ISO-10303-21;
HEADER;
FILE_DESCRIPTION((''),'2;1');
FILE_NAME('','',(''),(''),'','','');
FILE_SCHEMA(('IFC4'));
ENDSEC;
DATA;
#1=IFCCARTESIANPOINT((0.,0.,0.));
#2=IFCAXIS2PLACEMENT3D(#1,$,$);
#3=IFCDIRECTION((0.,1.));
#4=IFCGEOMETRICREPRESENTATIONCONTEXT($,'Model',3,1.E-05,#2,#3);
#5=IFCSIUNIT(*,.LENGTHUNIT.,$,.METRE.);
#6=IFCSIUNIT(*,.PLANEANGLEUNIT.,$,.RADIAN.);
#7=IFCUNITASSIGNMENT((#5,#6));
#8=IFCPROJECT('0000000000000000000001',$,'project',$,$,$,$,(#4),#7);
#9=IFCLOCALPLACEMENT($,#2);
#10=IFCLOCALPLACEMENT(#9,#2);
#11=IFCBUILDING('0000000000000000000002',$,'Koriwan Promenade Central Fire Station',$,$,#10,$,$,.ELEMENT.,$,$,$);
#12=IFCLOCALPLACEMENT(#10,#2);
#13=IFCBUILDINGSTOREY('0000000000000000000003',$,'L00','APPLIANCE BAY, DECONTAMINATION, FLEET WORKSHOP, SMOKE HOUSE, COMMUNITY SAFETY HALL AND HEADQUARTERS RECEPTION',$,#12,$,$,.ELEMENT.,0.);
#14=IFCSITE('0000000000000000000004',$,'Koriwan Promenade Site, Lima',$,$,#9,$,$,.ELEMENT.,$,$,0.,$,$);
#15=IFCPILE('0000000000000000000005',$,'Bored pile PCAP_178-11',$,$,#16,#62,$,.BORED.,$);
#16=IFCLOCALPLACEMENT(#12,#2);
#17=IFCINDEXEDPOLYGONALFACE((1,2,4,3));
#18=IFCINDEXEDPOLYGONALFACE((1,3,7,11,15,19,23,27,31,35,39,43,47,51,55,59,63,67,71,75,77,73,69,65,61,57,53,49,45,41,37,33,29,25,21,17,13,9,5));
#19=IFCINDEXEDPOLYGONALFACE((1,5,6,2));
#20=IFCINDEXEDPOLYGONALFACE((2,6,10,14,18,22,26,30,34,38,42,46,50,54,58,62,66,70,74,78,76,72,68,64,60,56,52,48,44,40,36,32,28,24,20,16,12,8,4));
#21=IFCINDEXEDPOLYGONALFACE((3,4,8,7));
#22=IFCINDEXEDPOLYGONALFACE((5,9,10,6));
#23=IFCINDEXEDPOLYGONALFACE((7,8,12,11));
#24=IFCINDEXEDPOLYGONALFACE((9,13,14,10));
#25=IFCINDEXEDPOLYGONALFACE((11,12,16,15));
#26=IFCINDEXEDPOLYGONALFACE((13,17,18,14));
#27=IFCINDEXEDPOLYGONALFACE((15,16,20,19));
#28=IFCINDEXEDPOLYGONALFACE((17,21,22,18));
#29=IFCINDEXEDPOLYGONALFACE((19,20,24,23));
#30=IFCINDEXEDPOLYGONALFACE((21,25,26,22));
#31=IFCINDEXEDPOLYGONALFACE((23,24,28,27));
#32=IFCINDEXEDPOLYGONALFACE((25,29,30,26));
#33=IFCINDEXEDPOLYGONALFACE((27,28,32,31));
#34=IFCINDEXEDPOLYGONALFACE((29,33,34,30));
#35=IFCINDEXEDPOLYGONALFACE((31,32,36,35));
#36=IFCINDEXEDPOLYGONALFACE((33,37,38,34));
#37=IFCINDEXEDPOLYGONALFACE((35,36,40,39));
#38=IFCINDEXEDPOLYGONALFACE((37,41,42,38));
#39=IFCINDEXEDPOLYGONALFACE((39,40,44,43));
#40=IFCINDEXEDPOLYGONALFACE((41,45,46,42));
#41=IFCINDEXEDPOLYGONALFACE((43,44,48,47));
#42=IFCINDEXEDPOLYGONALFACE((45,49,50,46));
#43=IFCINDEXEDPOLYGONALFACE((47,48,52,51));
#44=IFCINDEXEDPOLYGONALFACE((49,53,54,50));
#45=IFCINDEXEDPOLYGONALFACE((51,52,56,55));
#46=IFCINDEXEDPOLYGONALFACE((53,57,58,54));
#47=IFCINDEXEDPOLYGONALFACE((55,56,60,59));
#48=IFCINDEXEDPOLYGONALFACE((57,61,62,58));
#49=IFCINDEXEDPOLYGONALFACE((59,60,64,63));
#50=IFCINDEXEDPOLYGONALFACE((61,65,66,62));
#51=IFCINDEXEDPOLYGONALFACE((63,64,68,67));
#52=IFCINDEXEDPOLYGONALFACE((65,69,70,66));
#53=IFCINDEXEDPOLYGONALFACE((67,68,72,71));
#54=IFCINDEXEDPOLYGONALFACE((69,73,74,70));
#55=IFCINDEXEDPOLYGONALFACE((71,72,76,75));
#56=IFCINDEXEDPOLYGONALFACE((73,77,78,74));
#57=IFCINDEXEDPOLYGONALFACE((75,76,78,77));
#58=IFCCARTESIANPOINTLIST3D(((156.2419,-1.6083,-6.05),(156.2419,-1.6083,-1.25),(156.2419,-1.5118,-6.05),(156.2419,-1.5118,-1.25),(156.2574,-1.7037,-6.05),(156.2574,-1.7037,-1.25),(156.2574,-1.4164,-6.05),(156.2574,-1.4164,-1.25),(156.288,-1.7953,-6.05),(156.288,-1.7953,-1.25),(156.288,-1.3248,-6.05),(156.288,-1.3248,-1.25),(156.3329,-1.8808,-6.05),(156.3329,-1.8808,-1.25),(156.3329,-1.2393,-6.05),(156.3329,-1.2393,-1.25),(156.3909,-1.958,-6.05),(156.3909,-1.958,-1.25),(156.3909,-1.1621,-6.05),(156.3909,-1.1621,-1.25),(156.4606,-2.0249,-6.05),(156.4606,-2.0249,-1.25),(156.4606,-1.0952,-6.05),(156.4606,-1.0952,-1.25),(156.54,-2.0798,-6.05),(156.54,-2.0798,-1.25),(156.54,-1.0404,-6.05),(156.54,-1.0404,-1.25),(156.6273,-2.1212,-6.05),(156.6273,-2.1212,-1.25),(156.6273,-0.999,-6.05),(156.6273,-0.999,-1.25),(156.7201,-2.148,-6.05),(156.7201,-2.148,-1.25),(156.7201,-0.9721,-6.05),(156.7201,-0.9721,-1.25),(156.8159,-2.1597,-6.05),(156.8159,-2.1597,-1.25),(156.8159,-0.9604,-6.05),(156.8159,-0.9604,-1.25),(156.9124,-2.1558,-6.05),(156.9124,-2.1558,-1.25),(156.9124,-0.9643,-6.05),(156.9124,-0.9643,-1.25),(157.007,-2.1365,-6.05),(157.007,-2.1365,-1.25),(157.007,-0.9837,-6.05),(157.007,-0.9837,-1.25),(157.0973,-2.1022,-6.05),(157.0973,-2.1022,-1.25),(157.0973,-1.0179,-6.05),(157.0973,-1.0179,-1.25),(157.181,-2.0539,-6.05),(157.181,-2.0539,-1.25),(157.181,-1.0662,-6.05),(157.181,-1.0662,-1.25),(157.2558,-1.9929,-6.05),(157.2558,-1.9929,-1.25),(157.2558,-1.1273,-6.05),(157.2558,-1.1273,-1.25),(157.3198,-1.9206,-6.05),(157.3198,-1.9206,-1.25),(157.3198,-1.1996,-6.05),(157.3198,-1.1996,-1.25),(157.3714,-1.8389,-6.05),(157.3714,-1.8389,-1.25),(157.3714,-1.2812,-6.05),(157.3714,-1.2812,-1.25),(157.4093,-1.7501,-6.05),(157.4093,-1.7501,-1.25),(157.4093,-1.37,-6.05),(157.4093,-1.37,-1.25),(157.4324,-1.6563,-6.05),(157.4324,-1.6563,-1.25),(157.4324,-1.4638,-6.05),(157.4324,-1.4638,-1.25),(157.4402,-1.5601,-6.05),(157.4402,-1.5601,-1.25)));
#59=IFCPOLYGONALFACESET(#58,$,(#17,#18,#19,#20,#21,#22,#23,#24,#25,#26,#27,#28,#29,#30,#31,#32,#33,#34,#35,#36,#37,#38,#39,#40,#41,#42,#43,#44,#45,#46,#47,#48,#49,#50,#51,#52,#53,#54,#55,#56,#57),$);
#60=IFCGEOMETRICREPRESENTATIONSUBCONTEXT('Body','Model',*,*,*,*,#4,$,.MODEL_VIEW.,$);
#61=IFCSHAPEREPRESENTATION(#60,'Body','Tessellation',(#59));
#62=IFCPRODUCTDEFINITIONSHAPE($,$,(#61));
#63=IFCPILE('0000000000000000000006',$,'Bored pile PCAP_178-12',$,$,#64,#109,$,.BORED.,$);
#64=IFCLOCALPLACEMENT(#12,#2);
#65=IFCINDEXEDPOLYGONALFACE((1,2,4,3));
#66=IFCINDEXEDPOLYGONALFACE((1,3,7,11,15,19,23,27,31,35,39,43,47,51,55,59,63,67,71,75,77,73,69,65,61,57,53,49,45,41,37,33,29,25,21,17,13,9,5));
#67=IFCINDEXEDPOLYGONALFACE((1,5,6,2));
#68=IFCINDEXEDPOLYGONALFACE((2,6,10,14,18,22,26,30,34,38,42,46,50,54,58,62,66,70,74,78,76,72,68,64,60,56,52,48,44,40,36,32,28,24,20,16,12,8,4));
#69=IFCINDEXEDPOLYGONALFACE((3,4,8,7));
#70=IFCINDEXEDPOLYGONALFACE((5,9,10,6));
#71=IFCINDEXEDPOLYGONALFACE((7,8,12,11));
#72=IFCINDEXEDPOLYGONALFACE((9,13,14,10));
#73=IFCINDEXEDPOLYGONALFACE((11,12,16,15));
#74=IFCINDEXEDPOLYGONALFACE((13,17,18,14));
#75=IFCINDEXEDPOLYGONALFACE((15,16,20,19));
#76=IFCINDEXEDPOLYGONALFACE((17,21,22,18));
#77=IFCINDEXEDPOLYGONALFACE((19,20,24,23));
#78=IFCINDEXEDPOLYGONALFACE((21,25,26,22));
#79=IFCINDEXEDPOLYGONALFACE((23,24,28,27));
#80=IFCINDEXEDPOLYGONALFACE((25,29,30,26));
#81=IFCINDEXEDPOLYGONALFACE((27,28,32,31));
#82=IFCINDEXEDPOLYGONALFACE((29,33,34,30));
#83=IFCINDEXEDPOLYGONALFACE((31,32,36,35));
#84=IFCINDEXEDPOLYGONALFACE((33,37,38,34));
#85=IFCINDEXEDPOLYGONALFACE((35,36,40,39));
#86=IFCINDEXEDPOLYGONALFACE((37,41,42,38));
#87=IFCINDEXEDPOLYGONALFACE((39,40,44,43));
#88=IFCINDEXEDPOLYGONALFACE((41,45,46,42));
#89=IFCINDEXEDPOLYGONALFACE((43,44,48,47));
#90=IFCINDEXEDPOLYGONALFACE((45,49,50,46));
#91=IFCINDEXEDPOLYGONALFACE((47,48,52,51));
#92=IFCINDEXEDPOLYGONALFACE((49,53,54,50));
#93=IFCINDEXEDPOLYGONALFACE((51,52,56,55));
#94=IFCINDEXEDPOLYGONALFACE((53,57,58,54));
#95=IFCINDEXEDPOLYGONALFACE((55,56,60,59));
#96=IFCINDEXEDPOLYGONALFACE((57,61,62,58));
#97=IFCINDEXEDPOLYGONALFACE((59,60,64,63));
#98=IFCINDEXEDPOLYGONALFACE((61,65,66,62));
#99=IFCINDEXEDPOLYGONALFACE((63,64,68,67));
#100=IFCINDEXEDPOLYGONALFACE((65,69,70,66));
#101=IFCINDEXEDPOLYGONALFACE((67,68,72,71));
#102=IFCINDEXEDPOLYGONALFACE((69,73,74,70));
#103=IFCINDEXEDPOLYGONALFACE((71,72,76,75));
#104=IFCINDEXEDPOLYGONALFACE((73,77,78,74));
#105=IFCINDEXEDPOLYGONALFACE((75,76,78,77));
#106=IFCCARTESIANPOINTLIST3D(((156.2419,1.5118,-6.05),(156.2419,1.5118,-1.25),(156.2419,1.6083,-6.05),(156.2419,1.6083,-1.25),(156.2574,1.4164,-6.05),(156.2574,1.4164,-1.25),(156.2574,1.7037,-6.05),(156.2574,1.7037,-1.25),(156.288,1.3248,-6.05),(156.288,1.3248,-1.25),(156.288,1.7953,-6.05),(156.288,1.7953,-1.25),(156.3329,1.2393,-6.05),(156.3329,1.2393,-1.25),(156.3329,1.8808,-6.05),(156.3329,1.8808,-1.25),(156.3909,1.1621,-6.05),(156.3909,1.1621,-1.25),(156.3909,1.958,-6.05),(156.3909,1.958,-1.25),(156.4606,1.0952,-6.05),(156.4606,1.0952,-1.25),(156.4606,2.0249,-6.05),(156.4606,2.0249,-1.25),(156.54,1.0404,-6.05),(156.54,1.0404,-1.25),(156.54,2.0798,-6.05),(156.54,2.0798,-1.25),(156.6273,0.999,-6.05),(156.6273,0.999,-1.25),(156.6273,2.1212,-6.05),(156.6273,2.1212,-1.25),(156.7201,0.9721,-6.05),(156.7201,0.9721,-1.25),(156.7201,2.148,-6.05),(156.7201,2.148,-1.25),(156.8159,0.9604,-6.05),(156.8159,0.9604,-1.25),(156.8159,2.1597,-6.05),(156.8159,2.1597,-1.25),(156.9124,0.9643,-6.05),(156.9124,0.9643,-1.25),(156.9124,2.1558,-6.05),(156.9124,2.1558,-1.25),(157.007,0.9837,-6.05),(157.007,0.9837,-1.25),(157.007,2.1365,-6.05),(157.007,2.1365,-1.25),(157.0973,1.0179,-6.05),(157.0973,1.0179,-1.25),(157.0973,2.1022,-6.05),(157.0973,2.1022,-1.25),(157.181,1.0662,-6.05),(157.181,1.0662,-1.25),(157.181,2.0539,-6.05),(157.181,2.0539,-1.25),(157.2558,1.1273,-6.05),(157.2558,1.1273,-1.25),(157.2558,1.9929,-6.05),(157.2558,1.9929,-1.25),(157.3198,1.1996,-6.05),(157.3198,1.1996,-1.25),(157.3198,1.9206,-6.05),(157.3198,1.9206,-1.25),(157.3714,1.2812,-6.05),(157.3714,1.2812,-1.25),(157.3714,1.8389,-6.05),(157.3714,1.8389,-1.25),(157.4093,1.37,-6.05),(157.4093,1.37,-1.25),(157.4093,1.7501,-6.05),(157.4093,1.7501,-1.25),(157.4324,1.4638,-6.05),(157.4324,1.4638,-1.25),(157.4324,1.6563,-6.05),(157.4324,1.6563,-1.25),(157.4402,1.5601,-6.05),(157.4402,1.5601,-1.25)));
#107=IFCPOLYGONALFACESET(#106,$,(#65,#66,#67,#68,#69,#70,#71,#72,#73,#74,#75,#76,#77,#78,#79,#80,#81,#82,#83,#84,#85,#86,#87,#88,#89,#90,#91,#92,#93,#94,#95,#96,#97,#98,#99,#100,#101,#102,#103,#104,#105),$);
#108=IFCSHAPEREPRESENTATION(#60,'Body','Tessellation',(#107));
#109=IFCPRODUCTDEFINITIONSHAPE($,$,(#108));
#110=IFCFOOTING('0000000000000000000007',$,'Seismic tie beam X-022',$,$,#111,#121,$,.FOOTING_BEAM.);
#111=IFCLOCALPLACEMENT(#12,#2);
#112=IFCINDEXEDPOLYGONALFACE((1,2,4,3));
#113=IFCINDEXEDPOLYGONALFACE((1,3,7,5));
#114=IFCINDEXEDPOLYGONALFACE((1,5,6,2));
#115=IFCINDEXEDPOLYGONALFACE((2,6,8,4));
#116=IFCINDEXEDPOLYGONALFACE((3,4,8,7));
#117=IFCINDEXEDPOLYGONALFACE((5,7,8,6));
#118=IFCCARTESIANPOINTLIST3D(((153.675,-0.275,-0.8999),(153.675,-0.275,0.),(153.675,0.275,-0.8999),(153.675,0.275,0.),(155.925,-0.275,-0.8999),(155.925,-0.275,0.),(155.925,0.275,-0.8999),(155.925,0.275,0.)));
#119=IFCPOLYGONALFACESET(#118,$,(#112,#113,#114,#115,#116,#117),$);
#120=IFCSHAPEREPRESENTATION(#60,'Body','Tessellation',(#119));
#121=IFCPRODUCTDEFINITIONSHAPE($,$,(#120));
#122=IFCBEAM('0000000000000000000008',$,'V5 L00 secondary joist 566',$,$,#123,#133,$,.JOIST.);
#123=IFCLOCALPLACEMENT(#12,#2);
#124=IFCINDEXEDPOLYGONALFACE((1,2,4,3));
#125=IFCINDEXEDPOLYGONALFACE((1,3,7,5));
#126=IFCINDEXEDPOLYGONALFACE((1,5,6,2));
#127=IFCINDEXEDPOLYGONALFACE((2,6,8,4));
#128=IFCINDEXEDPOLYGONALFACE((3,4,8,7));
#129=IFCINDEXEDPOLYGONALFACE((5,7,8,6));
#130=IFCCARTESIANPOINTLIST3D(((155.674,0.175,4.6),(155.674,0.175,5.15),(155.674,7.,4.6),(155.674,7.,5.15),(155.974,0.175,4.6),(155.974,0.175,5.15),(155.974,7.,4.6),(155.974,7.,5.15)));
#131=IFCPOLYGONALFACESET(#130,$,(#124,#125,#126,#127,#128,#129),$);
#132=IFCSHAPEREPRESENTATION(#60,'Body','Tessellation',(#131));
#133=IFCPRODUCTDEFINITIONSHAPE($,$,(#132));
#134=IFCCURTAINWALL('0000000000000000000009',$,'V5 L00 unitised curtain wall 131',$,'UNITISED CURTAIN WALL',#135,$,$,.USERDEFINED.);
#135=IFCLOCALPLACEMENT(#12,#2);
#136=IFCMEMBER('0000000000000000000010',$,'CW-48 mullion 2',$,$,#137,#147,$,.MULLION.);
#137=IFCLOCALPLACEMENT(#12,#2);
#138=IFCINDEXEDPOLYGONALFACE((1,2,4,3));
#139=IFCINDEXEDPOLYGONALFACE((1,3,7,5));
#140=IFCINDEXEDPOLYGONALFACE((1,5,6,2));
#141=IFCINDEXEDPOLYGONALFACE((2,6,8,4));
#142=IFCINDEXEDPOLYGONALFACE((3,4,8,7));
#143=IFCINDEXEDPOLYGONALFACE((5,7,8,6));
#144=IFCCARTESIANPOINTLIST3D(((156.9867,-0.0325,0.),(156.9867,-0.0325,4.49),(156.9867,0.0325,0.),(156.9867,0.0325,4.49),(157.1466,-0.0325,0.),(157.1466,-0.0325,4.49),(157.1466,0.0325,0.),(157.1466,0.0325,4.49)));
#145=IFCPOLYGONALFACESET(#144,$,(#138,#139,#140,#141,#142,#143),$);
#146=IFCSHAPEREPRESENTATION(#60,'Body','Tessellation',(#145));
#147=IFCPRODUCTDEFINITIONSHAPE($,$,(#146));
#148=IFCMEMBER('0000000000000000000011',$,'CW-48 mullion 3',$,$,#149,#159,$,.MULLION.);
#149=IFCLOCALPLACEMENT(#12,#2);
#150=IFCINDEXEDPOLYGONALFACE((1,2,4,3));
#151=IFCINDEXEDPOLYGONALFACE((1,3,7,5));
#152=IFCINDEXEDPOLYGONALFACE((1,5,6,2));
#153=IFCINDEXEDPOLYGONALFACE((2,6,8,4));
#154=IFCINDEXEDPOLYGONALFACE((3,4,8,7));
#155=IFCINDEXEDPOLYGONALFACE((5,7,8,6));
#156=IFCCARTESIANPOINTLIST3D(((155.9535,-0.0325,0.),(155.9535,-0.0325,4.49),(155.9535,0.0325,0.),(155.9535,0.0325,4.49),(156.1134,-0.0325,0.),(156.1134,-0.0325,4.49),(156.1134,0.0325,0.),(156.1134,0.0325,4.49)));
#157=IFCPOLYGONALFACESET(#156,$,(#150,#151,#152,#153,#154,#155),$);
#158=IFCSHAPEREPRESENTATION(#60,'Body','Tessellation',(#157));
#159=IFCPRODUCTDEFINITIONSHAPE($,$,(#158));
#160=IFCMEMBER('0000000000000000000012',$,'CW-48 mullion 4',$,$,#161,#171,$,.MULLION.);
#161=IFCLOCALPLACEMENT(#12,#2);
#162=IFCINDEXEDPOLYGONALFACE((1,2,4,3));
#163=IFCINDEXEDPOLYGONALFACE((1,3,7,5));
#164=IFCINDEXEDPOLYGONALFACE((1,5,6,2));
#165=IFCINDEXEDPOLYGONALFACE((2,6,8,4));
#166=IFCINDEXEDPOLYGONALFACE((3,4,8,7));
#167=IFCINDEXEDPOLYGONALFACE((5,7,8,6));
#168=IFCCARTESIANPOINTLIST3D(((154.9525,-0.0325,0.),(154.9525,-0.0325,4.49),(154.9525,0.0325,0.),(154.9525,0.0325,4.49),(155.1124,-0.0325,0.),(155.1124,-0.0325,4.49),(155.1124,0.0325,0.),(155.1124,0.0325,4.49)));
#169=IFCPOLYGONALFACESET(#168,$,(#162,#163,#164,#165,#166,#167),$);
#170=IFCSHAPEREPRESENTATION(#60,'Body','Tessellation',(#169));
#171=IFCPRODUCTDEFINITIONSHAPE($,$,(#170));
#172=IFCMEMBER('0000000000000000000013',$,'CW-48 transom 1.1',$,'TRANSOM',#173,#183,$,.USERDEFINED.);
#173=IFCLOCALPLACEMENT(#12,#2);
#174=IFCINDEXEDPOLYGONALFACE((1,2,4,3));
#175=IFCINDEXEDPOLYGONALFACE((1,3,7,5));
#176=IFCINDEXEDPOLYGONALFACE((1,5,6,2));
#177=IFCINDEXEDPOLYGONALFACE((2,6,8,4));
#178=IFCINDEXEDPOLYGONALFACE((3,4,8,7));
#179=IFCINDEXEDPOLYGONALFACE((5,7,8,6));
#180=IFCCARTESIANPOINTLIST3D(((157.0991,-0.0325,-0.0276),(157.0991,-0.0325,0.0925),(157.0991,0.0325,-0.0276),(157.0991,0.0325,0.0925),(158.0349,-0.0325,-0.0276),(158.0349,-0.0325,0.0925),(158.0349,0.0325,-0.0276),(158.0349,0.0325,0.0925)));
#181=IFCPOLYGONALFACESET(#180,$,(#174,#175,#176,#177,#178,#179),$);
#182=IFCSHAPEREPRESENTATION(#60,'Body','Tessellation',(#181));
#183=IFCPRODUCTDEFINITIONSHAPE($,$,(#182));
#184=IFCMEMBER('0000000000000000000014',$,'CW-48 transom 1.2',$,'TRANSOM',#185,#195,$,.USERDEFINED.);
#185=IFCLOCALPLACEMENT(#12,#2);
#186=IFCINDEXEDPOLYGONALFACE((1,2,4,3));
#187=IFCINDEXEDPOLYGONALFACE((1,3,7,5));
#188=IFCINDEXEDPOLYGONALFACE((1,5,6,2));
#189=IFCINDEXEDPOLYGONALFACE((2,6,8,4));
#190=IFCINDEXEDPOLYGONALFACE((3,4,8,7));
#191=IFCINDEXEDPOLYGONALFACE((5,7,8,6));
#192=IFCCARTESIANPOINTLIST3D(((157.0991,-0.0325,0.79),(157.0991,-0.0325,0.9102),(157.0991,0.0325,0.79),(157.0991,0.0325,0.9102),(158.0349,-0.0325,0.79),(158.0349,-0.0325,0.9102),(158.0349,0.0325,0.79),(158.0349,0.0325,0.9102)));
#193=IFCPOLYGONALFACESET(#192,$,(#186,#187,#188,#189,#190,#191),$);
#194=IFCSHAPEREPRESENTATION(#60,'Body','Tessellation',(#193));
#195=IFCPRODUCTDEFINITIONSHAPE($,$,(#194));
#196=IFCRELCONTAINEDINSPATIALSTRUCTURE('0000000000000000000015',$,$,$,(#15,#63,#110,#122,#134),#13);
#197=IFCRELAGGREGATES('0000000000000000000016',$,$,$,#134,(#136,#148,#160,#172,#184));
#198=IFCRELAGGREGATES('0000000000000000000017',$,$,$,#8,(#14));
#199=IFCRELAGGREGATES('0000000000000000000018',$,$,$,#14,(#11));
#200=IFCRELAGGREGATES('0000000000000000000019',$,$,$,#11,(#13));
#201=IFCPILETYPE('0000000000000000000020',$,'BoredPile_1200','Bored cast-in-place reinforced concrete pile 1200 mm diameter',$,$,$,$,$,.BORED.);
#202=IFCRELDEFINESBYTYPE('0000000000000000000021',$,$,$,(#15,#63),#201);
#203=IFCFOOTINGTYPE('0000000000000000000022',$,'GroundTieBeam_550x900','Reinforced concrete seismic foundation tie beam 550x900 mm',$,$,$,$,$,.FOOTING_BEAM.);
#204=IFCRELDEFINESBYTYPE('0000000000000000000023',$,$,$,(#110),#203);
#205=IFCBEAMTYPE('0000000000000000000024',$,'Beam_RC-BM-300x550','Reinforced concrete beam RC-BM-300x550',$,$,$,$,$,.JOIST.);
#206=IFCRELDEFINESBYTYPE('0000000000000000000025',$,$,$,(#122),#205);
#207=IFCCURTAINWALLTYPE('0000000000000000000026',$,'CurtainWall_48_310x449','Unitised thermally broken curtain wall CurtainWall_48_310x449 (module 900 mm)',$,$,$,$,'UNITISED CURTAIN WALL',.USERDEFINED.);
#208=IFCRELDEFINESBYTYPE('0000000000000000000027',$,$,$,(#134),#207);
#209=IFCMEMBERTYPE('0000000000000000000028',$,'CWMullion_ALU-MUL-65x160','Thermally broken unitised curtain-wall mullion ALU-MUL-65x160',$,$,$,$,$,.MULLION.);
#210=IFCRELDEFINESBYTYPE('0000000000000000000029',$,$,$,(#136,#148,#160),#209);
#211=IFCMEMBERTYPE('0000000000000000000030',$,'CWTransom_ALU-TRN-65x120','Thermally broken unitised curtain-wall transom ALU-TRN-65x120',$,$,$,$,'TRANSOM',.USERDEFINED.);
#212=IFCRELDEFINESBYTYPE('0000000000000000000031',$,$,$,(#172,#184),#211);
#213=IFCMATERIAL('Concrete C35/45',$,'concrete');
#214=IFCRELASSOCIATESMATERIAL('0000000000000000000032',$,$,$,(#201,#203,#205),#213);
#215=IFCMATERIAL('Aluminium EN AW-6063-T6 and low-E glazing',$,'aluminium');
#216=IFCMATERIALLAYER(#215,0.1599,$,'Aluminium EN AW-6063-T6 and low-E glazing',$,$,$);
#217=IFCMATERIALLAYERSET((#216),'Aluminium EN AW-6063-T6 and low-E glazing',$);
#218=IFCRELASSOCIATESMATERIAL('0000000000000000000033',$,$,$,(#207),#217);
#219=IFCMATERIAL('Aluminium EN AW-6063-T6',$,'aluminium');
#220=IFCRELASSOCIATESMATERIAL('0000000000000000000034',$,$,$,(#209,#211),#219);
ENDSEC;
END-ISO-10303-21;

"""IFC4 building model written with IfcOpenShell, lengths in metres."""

from ifc_helpers import new_model, si_unit, direction, frame, origin, origin_2d, place, context, subcontext, project, spatial, rectangle, circle, extrude, material, layer, layer_set, material_profile, profile_set, type_object, element, aggregate, save


model = new_model("IFC4")

# Units and contexts
model_context = context("Model", 3, precision=1e-05, world=origin(), true_north=direction((0.0, 1.0)))
body_context = subcontext(model_context, "Body", "Model", "MODEL_VIEW")
ifc_project = project(units=[si_unit("LENGTHUNIT", "METRE"), si_unit("PLANEANGLEUNIT", "RADIAN")], contexts=[model_context])

# Site, building, storey
site_placement = place(None, origin())
site = spatial("IfcSite", under=ifc_project, at=site_placement, Name="Koriwan Promenade Site, Lima", CompositionType="ELEMENT", RefElevation=0.0)
building_placement = place(site_placement, origin())
building = spatial("IfcBuilding", under=site, at=building_placement, Name="Koriwan Promenade Central Fire Station", CompositionType="ELEMENT")
storey_placement = place(building_placement, origin())
storey = spatial("IfcBuildingStorey", under=building, at=storey_placement, Name="L00", Description="APPLIANCE BAY, DECONTAMINATION, FLEET WORKSHOP, SMOKE HOUSE, COMMUNITY SAFETY HALL AND HEADQUARTERS RECEPTION", CompositionType="ELEMENT", Elevation=0.0)

# Piles
ifc_material_1 = material(Name="Concrete C35/45", Category="concrete")
ifc_material_profile_1 = material_profile(ifc_material_1, circle(Radius=0.6001, at=origin_2d()), Name="PILE-D1200")
ifc_profile_set_1 = profile_set([ifc_material_profile_1], Name="Concrete C35/45")
pile_type = type_object("IfcPileType", Name="BoredPile_1200", Description="Bored cast-in-place reinforced concrete pile 1200 mm diameter", PredefinedType="BORED", material=ifc_profile_set_1)
for number, where, z_axis, x_axis, name in (
    (1, (156.8401, -1.5601, -1.25), (0.0, 0.0, -1.0), (1.0, 0.0, 0.0), "Bored pile PCAP_178-11"),
    (2, (156.8401, 1.5601, -1.25), (0.0, 0.0, -1.0), (1.0, 0.0, 0.0), "Bored pile PCAP_178-12"),
):
    element("IfcPile", number, at=place(storey_placement, frame(where, z_axis=z_axis, x_axis=x_axis)), inside=storey, type_object=pile_type, Name=name, PredefinedType="BORED", context=body_context, shape_type="SweptSolid", body=[
        extrude(circle(Radius=0.6001, at=origin_2d()), origin(), (0.0, 0.0, 1.0), 4.8),
    ])

# Footing
footing_type = type_object("IfcFootingType", Name="GroundTieBeam_550x900", Description="Reinforced concrete seismic foundation tie beam 550x900 mm", PredefinedType="FOOTING_BEAM", material=ifc_material_1)
footing_placement = place(storey_placement, frame((154.8, 0.0, -0.8999), z_axis=(0.0, 0.0, 1.0), x_axis=(1.0, 0.0, 0.0)))
element("IfcFooting", 3, at=footing_placement, inside=storey, type_object=footing_type, Name="Seismic tie beam X-022", PredefinedType="FOOTING_BEAM", context=body_context, shape_type="SweptSolid", body=[
    extrude(rectangle(XDim=2.25, YDim=0.55, at=origin_2d()), origin(), (0.0, 0.0, 1.0), 0.8999),
])

# Beam
ifc_material_profile_2 = material_profile(ifc_material_1, rectangle(XDim=0.3, YDim=0.55, at=origin_2d()), Name="RC-BM-300x550")
ifc_profile_set_2 = profile_set([ifc_material_profile_2], Name="Concrete C35/45")
beam_type = type_object("IfcBeamType", Name="Beam_RC-BM-300x550", Description="Reinforced concrete beam RC-BM-300x550", PredefinedType="JOIST", material=ifc_profile_set_2)
beam_placement = place(storey_placement, frame((155.824, 0.175, 4.875), z_axis=(0.0, 1.0, 0.0), x_axis=(-1.0, 0.0, 0.0)))
element("IfcBeam", 4, at=beam_placement, inside=storey, type_object=beam_type, Name="V5 L00 secondary joist 566", PredefinedType="JOIST", context=body_context, shape_type="SweptSolid", body=[
    extrude(rectangle(XDim=0.3, YDim=0.55, at=origin_2d()), origin(), (0.0, 0.0, 1.0), 6.825),
])

# Curtain wall, members
ifc_material_2 = material(Name="Aluminium EN AW-6063-T6 and low-E glazing", Category="aluminium")
ifc_layer_1 = layer(ifc_material_2, 0.1599, Name="Aluminium EN AW-6063-T6 and low-E glazing")
ifc_layer_set_1 = layer_set([ifc_layer_1], Name="Aluminium EN AW-6063-T6 and low-E glazing")
curtain_wall_type = type_object("IfcCurtainWallType", Name="CurtainWall_48_310x449", Description="Unitised thermally broken curtain wall CurtainWall_48_310x449 (module 900 mm)", ElementType="UNITISED CURTAIN WALL", PredefinedType="USERDEFINED", material=ifc_layer_set_1)
curtain_wall_placement = place(storey_placement, origin())
curtain_wall = element("IfcCurtainWall", 5, at=curtain_wall_placement, inside=storey, type_object=curtain_wall_type, Name="V5 L00 unitised curtain wall 131", ObjectType="UNITISED CURTAIN WALL", PredefinedType="USERDEFINED")
ifc_material_3 = material(Name="Aluminium EN AW-6063-T6", Category="aluminium")
ifc_material_profile_3 = material_profile(ifc_material_3, rectangle(XDim=0.0649, YDim=0.1599, at=origin_2d()), Name="ALU-MUL-65x160")
ifc_profile_set_3 = profile_set([ifc_material_profile_3], Name="Aluminium EN AW-6063-T6")
member_type_1 = type_object("IfcMemberType", Name="CWMullion_ALU-MUL-65x160", Description="Thermally broken unitised curtain-wall mullion ALU-MUL-65x160", PredefinedType="MULLION", material=ifc_profile_set_3)
member_1_placement = place(storey_placement, frame((157.0667, 0.0, 0.0), z_axis=(0.0, 0.0, 1.0), x_axis=(0.0, -1.0, 0.0)))
member_1 = element("IfcMember", 6, at=member_1_placement, type_object=member_type_1, Name="CW-48 mullion 2", PredefinedType="MULLION", context=body_context, shape_type="SweptSolid", body=[
    extrude(rectangle(XDim=0.0649, YDim=0.1599, at=origin_2d()), origin(), (0.0, 0.0, 1.0), 4.49),
])
member_2_placement = place(storey_placement, frame((156.0334, 0.0, 0.0), z_axis=(0.0, 0.0, 1.0), x_axis=(0.0, -1.0, 0.0)))
member_2 = element("IfcMember", 7, at=member_2_placement, type_object=member_type_1, Name="CW-48 mullion 3", PredefinedType="MULLION", context=body_context, shape_type="SweptSolid", body=[
    extrude(rectangle(XDim=0.0649, YDim=0.1599, at=origin_2d()), origin(), (0.0, 0.0, 1.0), 4.49),
])
member_3_placement = place(storey_placement, frame((155.0325, 0.0, 0.0), z_axis=(0.0, 0.0, 1.0), x_axis=(0.0, -1.0, 0.0)))
member_3 = element("IfcMember", 8, at=member_3_placement, type_object=member_type_1, Name="CW-48 mullion 4", PredefinedType="MULLION", context=body_context, shape_type="SweptSolid", body=[
    extrude(rectangle(XDim=0.0649, YDim=0.1599, at=origin_2d()), origin(), (0.0, 0.0, 1.0), 4.49),
])
ifc_material_profile_4 = material_profile(ifc_material_3, rectangle(XDim=0.0649, YDim=0.1201, at=origin_2d()), Name="ALU-TRN-65x120")
ifc_profile_set_4 = profile_set([ifc_material_profile_4], Name="Aluminium EN AW-6063-T6")
member_type_2 = type_object("IfcMemberType", Name="CWTransom_ALU-TRN-65x120", Description="Thermally broken unitised curtain-wall transom ALU-TRN-65x120", ElementType="TRANSOM", PredefinedType="USERDEFINED", material=ifc_profile_set_4)
member_4_placement = place(storey_placement, frame((158.0349, 0.0, 0.0325), z_axis=(-1.0, 0.0, 0.0), x_axis=(0.0, -1.0, 0.0)))
member_4 = element("IfcMember", 9, at=member_4_placement, type_object=member_type_2, Name="CW-48 transom 1.1", ObjectType="TRANSOM", PredefinedType="USERDEFINED", context=body_context, shape_type="SweptSolid", body=[
    extrude(rectangle(XDim=0.0649, YDim=0.1201, at=origin_2d()), origin(), (0.0, 0.0, 1.0), 0.9358),
])
member_5_placement = place(storey_placement, frame((158.0349, 0.0, 0.8501), z_axis=(-1.0, 0.0, 0.0), x_axis=(0.0, -1.0, 0.0)))
member_5 = element("IfcMember", 10, at=member_5_placement, type_object=member_type_2, Name="CW-48 transom 1.2", ObjectType="TRANSOM", PredefinedType="USERDEFINED", context=body_context, shape_type="SweptSolid", body=[
    extrude(rectangle(XDim=0.0649, YDim=0.1201, at=origin_2d()), origin(), (0.0, 0.0, 1.0), 0.9358),
])

aggregate(curtain_wall, [member_1, member_2, member_3, member_4, member_5])

save(model, "model.ifc")
